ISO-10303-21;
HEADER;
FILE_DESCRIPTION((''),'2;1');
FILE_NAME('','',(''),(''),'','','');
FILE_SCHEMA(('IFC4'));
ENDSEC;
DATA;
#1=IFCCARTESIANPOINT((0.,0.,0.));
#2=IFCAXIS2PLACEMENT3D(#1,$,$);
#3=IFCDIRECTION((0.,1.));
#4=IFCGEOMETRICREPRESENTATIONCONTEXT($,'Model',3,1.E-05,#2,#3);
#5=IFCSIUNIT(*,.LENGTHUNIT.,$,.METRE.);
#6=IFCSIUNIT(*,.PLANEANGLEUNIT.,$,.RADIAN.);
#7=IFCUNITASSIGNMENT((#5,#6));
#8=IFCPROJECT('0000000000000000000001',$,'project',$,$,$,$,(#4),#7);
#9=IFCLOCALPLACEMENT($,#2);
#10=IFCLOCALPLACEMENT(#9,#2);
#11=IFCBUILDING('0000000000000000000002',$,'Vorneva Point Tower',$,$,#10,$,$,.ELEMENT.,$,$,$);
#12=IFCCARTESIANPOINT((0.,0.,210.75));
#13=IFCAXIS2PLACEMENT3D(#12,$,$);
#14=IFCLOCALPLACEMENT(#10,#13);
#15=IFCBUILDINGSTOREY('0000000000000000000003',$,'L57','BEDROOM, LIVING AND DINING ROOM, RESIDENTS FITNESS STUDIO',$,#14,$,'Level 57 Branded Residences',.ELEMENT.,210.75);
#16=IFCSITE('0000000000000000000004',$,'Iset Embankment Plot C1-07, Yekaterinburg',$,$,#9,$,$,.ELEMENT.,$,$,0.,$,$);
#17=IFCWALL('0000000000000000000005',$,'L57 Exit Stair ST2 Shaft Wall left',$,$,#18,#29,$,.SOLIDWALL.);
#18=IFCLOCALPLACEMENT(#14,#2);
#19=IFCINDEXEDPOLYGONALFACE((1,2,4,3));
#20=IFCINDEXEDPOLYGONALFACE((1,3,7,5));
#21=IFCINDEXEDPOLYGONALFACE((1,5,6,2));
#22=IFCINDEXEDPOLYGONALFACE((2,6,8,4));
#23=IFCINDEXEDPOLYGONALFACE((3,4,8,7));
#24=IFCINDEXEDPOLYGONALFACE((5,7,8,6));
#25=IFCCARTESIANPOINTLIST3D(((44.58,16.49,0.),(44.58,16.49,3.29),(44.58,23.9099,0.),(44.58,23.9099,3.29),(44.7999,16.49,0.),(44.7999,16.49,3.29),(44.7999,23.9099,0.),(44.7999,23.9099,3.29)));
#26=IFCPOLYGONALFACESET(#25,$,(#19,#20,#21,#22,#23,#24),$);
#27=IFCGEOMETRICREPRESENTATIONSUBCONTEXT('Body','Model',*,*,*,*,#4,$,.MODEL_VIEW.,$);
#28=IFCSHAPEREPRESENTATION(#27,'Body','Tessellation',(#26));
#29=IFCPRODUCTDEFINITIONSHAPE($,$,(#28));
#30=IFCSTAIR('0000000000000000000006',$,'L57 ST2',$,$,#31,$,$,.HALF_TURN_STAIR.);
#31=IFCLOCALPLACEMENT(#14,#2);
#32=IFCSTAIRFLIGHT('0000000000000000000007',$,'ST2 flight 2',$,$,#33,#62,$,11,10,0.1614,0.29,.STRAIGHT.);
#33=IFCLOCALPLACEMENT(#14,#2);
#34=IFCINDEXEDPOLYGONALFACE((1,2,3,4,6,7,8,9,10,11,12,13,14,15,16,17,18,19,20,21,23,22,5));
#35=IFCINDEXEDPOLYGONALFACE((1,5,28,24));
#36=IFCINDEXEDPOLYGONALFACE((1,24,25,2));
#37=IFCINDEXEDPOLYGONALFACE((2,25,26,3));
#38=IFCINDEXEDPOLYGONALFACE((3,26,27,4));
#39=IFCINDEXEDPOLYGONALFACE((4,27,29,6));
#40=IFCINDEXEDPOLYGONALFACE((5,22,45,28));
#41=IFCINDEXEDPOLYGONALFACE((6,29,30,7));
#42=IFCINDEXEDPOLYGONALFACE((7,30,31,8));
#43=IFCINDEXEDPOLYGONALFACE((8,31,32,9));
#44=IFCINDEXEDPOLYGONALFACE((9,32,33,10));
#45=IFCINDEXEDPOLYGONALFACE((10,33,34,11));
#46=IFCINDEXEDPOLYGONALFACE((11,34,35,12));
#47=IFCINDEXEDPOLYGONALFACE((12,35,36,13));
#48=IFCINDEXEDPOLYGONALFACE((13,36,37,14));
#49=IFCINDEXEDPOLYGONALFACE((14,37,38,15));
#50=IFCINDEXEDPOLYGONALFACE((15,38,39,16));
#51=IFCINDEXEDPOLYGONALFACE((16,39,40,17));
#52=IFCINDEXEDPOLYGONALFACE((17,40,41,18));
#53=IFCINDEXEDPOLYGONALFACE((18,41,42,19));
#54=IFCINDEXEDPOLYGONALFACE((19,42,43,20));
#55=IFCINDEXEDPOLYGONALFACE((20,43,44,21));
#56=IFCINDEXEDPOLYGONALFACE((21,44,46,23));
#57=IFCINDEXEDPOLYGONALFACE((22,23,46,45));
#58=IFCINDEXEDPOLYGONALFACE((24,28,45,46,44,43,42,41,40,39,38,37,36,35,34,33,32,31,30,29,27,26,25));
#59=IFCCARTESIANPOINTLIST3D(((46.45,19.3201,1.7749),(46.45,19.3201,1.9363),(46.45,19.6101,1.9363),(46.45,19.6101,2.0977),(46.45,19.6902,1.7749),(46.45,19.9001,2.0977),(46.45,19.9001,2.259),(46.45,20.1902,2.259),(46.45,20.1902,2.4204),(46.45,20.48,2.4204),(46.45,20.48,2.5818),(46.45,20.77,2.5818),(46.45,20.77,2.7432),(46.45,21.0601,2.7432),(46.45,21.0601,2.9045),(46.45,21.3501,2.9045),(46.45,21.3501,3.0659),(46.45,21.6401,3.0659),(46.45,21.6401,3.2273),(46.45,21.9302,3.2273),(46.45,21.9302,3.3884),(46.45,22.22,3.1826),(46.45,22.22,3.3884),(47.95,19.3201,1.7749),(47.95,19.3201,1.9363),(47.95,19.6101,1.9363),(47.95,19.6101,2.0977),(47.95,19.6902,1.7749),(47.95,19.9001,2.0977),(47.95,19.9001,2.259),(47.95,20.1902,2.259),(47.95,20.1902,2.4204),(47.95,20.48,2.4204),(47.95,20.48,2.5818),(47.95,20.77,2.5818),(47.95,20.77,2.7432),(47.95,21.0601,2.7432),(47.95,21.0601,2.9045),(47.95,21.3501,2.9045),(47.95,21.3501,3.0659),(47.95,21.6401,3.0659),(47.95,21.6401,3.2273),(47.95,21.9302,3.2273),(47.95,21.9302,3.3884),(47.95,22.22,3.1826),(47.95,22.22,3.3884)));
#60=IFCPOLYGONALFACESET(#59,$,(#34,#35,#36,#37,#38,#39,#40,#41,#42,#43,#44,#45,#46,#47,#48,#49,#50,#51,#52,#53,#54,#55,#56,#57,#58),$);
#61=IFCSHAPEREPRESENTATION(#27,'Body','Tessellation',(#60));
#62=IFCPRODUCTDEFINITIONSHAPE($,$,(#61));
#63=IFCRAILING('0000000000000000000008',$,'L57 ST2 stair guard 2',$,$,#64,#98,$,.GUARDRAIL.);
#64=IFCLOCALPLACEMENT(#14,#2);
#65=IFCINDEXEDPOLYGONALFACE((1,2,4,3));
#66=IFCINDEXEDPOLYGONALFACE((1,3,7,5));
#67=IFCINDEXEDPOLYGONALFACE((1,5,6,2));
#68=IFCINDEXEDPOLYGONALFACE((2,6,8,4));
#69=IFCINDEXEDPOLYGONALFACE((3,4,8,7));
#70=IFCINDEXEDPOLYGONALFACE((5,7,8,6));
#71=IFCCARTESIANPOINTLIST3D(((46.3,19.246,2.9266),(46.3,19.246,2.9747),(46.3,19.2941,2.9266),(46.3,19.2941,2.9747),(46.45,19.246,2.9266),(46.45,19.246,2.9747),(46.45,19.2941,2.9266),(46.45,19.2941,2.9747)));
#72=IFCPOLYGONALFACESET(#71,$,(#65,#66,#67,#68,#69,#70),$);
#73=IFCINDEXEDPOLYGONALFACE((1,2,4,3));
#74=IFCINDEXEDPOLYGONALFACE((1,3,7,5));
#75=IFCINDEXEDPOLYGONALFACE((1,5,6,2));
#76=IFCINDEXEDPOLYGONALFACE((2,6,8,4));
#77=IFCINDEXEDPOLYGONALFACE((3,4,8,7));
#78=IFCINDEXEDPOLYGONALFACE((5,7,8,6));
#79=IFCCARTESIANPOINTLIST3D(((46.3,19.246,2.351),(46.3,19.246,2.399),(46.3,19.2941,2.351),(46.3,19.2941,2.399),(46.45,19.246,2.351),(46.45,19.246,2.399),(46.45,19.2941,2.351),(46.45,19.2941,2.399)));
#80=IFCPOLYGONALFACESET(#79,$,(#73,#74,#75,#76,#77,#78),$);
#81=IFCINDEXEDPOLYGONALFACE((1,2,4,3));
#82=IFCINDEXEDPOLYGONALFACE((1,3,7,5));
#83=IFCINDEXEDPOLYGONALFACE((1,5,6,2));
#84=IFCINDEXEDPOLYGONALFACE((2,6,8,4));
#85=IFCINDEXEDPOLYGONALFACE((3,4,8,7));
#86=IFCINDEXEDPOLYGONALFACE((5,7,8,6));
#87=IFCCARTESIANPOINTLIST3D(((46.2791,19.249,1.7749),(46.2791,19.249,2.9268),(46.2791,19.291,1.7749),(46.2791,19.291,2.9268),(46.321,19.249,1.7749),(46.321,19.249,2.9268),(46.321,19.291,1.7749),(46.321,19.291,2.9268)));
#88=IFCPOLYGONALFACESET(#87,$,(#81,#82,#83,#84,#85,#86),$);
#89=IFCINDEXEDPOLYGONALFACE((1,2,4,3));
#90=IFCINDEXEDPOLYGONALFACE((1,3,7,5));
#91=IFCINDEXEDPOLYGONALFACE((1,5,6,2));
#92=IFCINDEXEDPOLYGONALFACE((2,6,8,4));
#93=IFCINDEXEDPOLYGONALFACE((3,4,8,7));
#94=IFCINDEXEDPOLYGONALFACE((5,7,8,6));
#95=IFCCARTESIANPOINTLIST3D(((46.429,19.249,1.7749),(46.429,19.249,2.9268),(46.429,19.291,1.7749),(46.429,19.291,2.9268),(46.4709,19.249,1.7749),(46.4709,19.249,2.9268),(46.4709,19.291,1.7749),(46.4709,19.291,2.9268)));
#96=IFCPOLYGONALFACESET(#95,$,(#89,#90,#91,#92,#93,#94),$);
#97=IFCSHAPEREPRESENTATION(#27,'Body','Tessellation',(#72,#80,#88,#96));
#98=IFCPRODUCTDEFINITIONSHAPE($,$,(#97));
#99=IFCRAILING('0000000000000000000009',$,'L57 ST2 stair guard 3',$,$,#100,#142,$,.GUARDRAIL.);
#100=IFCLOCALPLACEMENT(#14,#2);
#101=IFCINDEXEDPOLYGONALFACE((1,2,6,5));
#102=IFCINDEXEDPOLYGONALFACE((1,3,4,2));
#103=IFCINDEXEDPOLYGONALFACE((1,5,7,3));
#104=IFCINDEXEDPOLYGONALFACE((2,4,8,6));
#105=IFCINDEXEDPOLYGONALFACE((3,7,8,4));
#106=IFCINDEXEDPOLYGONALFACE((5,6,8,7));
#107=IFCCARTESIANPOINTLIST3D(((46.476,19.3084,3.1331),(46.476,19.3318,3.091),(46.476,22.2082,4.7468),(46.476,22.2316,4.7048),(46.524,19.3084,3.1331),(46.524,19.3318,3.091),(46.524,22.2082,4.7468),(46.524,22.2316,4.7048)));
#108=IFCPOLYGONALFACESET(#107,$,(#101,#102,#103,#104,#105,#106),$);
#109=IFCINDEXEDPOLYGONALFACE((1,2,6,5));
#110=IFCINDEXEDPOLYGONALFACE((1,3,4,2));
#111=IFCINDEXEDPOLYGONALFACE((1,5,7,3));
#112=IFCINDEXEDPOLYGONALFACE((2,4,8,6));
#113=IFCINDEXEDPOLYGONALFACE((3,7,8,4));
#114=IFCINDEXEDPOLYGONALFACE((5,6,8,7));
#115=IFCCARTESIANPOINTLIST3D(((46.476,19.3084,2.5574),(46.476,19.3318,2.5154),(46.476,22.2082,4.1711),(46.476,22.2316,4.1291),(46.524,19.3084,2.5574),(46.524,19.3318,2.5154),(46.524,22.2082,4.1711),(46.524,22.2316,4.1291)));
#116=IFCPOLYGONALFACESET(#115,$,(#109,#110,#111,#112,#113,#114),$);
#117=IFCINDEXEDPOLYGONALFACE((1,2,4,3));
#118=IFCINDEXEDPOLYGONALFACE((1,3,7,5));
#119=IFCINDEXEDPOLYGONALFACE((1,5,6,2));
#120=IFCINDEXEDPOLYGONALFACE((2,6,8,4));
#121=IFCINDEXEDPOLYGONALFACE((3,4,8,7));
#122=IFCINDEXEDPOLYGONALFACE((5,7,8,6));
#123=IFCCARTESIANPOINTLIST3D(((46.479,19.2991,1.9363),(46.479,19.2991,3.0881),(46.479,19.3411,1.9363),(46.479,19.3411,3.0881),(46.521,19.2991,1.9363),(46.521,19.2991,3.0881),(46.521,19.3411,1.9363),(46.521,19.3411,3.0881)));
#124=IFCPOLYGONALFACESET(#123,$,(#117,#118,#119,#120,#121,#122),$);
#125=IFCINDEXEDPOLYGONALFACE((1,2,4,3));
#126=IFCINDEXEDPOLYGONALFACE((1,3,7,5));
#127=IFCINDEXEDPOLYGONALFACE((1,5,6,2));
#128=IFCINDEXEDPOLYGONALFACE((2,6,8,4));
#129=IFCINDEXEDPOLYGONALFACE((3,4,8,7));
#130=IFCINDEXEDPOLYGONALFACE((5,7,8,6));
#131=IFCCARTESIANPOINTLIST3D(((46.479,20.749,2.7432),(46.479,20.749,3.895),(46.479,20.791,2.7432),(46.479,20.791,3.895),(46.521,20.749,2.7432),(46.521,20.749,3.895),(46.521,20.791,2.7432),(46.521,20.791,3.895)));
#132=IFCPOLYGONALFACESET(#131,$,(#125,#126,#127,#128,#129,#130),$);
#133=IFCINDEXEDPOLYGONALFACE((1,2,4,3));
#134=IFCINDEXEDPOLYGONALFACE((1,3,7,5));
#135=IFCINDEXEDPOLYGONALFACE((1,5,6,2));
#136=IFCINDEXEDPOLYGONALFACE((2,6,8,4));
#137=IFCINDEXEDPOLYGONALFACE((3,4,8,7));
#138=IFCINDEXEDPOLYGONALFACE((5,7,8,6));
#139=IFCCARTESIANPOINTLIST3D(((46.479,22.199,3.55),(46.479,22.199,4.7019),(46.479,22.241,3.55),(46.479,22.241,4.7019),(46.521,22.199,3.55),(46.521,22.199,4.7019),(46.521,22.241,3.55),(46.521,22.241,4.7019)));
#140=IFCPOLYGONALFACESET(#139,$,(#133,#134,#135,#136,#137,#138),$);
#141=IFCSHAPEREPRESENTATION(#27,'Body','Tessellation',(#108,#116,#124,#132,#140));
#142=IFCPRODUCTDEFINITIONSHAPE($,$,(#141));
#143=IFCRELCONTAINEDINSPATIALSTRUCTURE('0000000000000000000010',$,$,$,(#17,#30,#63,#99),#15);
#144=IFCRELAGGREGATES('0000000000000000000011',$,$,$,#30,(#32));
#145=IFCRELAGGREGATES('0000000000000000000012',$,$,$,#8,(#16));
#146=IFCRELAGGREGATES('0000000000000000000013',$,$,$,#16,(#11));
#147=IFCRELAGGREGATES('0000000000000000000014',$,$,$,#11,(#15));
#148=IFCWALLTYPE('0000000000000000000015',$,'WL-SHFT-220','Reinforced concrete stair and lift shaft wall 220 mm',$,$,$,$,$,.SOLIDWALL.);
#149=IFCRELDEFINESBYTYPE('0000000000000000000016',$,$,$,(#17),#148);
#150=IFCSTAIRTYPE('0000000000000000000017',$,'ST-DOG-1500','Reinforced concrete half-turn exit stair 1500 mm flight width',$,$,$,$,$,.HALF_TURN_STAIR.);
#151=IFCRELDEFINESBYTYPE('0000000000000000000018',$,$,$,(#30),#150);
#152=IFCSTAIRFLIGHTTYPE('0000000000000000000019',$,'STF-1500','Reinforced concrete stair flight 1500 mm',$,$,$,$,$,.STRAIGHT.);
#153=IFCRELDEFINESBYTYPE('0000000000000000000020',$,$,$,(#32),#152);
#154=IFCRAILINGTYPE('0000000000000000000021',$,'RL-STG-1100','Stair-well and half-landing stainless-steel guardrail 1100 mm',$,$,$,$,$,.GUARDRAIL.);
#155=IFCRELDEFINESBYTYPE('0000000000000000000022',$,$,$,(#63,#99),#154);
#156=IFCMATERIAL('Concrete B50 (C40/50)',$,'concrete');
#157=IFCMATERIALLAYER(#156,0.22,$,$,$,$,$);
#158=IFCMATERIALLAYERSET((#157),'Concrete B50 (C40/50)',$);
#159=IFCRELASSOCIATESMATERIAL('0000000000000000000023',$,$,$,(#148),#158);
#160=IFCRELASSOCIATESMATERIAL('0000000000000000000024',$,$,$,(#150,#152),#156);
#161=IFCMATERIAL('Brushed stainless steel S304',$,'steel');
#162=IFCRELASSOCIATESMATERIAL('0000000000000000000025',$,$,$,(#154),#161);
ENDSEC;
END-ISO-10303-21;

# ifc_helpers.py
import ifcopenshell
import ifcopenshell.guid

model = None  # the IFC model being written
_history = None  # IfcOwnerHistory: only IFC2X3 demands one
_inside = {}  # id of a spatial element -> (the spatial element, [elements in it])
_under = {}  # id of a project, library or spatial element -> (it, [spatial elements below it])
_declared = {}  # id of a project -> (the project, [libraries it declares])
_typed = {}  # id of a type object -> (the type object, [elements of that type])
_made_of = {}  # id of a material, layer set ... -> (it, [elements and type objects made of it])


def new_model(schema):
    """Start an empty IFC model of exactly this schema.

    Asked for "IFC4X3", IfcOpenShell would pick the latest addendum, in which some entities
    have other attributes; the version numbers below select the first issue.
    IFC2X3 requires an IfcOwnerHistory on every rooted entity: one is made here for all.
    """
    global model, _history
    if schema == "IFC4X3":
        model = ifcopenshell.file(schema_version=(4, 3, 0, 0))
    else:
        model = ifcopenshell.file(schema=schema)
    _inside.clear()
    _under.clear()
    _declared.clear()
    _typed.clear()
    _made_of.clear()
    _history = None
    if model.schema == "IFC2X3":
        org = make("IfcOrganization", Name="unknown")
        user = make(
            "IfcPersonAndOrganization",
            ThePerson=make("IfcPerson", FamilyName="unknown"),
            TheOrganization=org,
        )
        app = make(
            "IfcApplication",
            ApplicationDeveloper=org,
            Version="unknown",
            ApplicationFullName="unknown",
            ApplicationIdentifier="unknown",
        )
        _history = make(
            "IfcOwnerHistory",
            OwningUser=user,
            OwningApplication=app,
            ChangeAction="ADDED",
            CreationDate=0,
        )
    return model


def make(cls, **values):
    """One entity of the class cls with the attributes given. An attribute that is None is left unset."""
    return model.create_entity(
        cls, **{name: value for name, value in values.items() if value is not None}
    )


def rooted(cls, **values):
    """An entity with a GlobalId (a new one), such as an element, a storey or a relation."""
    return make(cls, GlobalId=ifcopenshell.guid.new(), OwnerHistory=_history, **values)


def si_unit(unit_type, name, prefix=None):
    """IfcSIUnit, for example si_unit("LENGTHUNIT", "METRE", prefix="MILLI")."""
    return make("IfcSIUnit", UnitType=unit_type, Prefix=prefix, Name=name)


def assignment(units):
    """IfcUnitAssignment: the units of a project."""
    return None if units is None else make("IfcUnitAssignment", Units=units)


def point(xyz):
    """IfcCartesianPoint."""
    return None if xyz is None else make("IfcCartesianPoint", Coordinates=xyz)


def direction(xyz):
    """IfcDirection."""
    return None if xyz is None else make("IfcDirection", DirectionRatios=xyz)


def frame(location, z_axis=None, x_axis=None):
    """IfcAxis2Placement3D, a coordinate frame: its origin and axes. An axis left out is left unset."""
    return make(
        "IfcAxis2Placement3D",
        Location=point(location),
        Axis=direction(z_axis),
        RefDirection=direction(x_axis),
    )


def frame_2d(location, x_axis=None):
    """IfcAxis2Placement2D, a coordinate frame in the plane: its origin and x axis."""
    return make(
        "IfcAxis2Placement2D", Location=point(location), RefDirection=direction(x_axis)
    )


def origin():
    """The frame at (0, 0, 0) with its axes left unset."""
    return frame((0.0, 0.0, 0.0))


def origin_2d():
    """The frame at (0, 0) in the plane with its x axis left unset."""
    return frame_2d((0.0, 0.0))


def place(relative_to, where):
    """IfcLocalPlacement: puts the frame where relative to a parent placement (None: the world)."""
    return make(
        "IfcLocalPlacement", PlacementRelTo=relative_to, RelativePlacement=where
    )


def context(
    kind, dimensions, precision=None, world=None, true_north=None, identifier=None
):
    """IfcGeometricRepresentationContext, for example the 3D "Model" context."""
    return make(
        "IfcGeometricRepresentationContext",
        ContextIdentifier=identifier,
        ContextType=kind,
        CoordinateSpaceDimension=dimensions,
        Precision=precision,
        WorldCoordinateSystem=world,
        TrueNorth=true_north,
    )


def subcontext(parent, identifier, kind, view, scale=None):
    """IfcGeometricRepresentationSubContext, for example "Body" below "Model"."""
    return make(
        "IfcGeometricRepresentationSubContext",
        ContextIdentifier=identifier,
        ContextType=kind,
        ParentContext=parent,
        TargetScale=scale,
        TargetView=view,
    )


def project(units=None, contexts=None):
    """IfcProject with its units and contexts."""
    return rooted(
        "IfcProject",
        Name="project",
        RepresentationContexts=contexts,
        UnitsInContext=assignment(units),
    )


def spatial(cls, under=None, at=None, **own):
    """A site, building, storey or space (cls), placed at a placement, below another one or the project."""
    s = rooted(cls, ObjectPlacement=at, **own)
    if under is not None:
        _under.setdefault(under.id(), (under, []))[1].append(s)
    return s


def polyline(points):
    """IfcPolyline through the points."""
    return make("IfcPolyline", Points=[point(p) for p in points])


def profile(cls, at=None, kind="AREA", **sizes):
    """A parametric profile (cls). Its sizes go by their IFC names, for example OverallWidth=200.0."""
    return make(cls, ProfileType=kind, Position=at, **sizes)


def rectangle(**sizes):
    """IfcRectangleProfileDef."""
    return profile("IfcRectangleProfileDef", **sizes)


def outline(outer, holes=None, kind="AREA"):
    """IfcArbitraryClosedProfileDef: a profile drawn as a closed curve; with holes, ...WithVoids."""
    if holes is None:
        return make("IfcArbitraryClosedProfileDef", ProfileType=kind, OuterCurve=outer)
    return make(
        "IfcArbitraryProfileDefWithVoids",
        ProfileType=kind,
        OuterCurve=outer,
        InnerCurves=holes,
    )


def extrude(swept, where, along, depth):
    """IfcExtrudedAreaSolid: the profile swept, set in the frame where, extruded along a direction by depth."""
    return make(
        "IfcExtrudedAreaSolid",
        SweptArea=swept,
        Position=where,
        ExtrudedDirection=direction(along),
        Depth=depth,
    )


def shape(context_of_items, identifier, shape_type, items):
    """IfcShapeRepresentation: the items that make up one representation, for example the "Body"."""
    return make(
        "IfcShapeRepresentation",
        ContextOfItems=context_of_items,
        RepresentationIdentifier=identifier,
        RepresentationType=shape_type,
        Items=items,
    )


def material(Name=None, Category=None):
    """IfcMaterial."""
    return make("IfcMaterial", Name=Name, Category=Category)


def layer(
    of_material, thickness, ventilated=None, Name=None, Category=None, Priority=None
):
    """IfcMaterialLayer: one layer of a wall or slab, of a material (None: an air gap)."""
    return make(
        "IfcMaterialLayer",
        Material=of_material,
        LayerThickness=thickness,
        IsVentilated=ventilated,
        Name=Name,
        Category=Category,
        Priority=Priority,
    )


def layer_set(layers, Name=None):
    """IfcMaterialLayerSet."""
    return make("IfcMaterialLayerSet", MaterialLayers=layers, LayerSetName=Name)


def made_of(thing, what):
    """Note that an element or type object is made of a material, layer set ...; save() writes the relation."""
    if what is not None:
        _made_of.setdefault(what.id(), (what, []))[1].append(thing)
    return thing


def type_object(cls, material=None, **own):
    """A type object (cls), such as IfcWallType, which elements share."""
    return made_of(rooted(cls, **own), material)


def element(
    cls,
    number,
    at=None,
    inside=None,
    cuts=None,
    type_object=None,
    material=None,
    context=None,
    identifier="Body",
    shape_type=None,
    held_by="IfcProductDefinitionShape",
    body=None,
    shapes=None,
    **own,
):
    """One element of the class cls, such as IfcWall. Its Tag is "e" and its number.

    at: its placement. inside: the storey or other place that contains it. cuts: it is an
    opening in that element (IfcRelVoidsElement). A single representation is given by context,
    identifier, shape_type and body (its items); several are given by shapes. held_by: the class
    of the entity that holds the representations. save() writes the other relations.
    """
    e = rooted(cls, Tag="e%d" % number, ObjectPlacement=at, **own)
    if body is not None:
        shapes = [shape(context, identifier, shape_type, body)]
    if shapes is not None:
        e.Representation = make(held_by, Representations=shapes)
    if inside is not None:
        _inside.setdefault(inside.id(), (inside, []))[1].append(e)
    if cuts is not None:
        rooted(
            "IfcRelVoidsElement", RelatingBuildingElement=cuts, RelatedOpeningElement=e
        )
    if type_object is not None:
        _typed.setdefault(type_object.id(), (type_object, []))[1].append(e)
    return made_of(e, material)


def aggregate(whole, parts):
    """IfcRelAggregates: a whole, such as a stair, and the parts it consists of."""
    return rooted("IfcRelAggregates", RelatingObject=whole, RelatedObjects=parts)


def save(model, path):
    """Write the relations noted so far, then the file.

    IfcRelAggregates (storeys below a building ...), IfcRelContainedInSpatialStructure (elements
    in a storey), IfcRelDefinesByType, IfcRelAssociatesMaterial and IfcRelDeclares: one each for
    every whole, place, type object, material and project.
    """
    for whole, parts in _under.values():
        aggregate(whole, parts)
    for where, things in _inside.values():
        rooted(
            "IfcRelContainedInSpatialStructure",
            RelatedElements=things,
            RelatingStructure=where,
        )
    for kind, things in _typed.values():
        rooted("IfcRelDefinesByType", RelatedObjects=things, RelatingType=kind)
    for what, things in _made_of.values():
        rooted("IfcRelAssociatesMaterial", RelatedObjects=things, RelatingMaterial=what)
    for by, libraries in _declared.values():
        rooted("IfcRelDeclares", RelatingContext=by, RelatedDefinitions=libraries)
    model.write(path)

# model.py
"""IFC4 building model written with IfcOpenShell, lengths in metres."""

from ifc_helpers import new_model, si_unit, direction, frame, frame_2d, origin, origin_2d, place, context, subcontext, project, spatial, polyline, rectangle, outline, extrude, material, layer, layer_set, type_object, element, aggregate, save


model = new_model("IFC4")

# Units and contexts
model_context = context("Model", 3, precision=1e-05, world=origin(), true_north=direction((0.0, 1.0)))
body_context = subcontext(model_context, "Body", "Model", "MODEL_VIEW")
ifc_project = project(units=[si_unit("LENGTHUNIT", "METRE"), si_unit("PLANEANGLEUNIT", "RADIAN")], contexts=[model_context])

# Site, building, storey
site_placement = place(None, origin())
site = spatial("IfcSite", under=ifc_project, at=site_placement, Name="Iset Embankment Plot C1-07, Yekaterinburg", CompositionType="ELEMENT", RefElevation=0.0)
building_placement = place(site_placement, origin())
building = spatial("IfcBuilding", under=site, at=building_placement, Name="Vorneva Point Tower", CompositionType="ELEMENT")
storey_placement = place(building_placement, frame((0.0, 0.0, 210.75)))
storey = spatial("IfcBuildingStorey", under=building, at=storey_placement, Name="L57", Description="BEDROOM, LIVING AND DINING ROOM, RESIDENTS FITNESS STUDIO", LongName="Level 57 Branded Residences", CompositionType="ELEMENT", Elevation=210.75)

# Wall
ifc_material_1 = material(Name="Concrete B50 (C40/50)", Category="concrete")
ifc_layer_1 = layer(ifc_material_1, 0.22)
ifc_layer_set_1 = layer_set([ifc_layer_1], Name="Concrete B50 (C40/50)")
wall_type_1 = type_object("IfcWallType", Name="WL-SHFT-220", Description="Reinforced concrete stair and lift shaft wall 220 mm", PredefinedType="SOLIDWALL", material=ifc_layer_set_1)
wall_1_placement = place(storey_placement, frame((44.6899, 16.49, 0.0), z_axis=(0.0, 0.0, 1.0), x_axis=(0.0, 1.0, 0.0)))
element("IfcWall", 1, at=wall_1_placement, inside=storey, type_object=wall_type_1, Name="L57 Exit Stair ST2 Shaft Wall left", PredefinedType="SOLIDWALL", context=body_context, shape_type="SweptSolid", body=[
    extrude(rectangle(XDim=7.4199, YDim=0.22, at=frame_2d((3.71, 0.0))), origin(), (0.0, 0.0, 1.0), 3.29),
])

# Stair, stair flight
stair_type = type_object("IfcStairType", Name="ST-DOG-1500", Description="Reinforced concrete half-turn exit stair 1500 mm flight width", PredefinedType="HALF_TURN_STAIR", material=ifc_material_1)
stair_placement = place(storey_placement, origin())
stair = element("IfcStair", 2, at=stair_placement, inside=storey, type_object=stair_type, Name="L57 ST2", PredefinedType="HALF_TURN_STAIR")
stair_flight_type = type_object("IfcStairFlightType", Name="STF-1500", Description="Reinforced concrete stair flight 1500 mm", PredefinedType="STRAIGHT", material=ifc_material_1)
stair_flight_placement = place(storey_placement, frame((47.2, 19.3201, 1.7749), z_axis=(0.0, 0.0, 1.0), x_axis=(0.0, 1.0, 0.0)))
stair_flight = element("IfcStairFlight", 3, at=stair_flight_placement, type_object=stair_flight_type, Name="ST2 flight 2", NumberOfRisers=11, NumberOfTreads=10, PredefinedType="STRAIGHT", RiserHeight=0.1614, TreadLength=0.29, context=body_context, shape_type="SweptSolid", body=[
    extrude(outline(polyline([(0.0, 0.0), (0.0, 0.1614), (0.29, 0.1614), (0.29, 0.3228), (0.5801, 0.3228), (0.5801, 0.4841), (0.8701, 0.4841), (0.8701, 0.6455), (1.1599, 0.6455), (1.1599, 0.8069), (1.45, 0.8069), (1.45, 0.9683), (1.74, 0.9683), (1.74, 1.1296), (2.03, 1.1296), (2.03, 1.291), (2.3201, 1.291), (2.3201, 1.4524), (2.6101, 1.4524), (2.6101, 1.6135), (2.8999, 1.6135), (2.8999, 1.7749), (2.8999, 1.4077), (0.3701, 0.0), (0.0, 0.0)])), frame((0.0, 0.75, 0.0), z_axis=(0.0, -1.0, 0.0), x_axis=(1.0, 0.0, 0.0)), (0.0, 0.0, 1.0), 1.5),
])
aggregate(stair, [stair_flight])

# Railings
ifc_material_2 = material(Name="Brushed stainless steel S304", Category="steel")
railing_type = type_object("IfcRailingType", Name="RL-STG-1100", Description="Stair-well and half-landing stainless-steel guardrail 1100 mm", PredefinedType="GUARDRAIL", material=ifc_material_2)
railing_1_placement = place(storey_placement, frame((46.3, 19.27, 1.7749)))
element("IfcRailing", 4, at=railing_1_placement, inside=storey, type_object=railing_type, Name="L57 ST2 stair guard 2", PredefinedType="GUARDRAIL", context=body_context, shape_type="SweptSolid", body=[
    extrude(rectangle(XDim=0.0481, YDim=0.0481, at=origin_2d()), frame((0.0, 0.0, 1.1758), z_axis=(1.0, 0.0, 0.0), x_axis=(0.0, 1.0, 0.0)), (0.0, 0.0, 1.0), 0.1499),
    extrude(rectangle(XDim=0.0481, YDim=0.0481, at=origin_2d()), frame((0.0, 0.0, 0.6001), z_axis=(1.0, 0.0, 0.0), x_axis=(0.0, 1.0, 0.0)), (0.0, 0.0, 1.0), 0.1499),
    extrude(rectangle(XDim=0.042, YDim=0.042, at=origin_2d()), origin(), (0.0, 0.0, 1.0), 1.1519),
    extrude(rectangle(XDim=0.042, YDim=0.042, at=origin_2d()), frame((0.1499, 0.0, 0.0)), (0.0, 0.0, 1.0), 1.1519),
])
railing_2_placement = place(storey_placement, frame((46.5, 19.3201, 1.9363)))
element("IfcRailing", 5, at=railing_2_placement, inside=storey, type_object=railing_type, Name="L57 ST2 stair guard 3", PredefinedType="GUARDRAIL", context=body_context, shape_type="SweptSolid", body=[
    extrude(rectangle(XDim=0.0481, YDim=0.0481, at=origin_2d()), frame((0.0, 0.0, 1.1758), z_axis=(0.0, 0.87381, 0.486267), x_axis=(-1.0, 0.0, 0.0)), (0.0, 0.0, 1.0), 3.3186),
    extrude(rectangle(XDim=0.0481, YDim=0.0481, at=origin_2d()), frame((0.0, 0.0, 0.6001), z_axis=(0.0, 0.87381, 0.486267), x_axis=(-1.0, 0.0, 0.0)), (0.0, 0.0, 1.0), 3.3186),
    extrude(rectangle(XDim=0.042, YDim=0.042, at=origin_2d()), origin(), (0.0, 0.0, 1.0), 1.1519),
    extrude(rectangle(XDim=0.042, YDim=0.042, at=origin_2d()), frame((0.0, 1.45, 0.8069)), (0.0, 0.0, 1.0), 1.1519),
    extrude(rectangle(XDim=0.042, YDim=0.042, at=origin_2d()), frame((0.0, 2.8999, 1.6138)), (0.0, 0.0, 1.0), 1.1519),
])

save(model, "model.ifc")
